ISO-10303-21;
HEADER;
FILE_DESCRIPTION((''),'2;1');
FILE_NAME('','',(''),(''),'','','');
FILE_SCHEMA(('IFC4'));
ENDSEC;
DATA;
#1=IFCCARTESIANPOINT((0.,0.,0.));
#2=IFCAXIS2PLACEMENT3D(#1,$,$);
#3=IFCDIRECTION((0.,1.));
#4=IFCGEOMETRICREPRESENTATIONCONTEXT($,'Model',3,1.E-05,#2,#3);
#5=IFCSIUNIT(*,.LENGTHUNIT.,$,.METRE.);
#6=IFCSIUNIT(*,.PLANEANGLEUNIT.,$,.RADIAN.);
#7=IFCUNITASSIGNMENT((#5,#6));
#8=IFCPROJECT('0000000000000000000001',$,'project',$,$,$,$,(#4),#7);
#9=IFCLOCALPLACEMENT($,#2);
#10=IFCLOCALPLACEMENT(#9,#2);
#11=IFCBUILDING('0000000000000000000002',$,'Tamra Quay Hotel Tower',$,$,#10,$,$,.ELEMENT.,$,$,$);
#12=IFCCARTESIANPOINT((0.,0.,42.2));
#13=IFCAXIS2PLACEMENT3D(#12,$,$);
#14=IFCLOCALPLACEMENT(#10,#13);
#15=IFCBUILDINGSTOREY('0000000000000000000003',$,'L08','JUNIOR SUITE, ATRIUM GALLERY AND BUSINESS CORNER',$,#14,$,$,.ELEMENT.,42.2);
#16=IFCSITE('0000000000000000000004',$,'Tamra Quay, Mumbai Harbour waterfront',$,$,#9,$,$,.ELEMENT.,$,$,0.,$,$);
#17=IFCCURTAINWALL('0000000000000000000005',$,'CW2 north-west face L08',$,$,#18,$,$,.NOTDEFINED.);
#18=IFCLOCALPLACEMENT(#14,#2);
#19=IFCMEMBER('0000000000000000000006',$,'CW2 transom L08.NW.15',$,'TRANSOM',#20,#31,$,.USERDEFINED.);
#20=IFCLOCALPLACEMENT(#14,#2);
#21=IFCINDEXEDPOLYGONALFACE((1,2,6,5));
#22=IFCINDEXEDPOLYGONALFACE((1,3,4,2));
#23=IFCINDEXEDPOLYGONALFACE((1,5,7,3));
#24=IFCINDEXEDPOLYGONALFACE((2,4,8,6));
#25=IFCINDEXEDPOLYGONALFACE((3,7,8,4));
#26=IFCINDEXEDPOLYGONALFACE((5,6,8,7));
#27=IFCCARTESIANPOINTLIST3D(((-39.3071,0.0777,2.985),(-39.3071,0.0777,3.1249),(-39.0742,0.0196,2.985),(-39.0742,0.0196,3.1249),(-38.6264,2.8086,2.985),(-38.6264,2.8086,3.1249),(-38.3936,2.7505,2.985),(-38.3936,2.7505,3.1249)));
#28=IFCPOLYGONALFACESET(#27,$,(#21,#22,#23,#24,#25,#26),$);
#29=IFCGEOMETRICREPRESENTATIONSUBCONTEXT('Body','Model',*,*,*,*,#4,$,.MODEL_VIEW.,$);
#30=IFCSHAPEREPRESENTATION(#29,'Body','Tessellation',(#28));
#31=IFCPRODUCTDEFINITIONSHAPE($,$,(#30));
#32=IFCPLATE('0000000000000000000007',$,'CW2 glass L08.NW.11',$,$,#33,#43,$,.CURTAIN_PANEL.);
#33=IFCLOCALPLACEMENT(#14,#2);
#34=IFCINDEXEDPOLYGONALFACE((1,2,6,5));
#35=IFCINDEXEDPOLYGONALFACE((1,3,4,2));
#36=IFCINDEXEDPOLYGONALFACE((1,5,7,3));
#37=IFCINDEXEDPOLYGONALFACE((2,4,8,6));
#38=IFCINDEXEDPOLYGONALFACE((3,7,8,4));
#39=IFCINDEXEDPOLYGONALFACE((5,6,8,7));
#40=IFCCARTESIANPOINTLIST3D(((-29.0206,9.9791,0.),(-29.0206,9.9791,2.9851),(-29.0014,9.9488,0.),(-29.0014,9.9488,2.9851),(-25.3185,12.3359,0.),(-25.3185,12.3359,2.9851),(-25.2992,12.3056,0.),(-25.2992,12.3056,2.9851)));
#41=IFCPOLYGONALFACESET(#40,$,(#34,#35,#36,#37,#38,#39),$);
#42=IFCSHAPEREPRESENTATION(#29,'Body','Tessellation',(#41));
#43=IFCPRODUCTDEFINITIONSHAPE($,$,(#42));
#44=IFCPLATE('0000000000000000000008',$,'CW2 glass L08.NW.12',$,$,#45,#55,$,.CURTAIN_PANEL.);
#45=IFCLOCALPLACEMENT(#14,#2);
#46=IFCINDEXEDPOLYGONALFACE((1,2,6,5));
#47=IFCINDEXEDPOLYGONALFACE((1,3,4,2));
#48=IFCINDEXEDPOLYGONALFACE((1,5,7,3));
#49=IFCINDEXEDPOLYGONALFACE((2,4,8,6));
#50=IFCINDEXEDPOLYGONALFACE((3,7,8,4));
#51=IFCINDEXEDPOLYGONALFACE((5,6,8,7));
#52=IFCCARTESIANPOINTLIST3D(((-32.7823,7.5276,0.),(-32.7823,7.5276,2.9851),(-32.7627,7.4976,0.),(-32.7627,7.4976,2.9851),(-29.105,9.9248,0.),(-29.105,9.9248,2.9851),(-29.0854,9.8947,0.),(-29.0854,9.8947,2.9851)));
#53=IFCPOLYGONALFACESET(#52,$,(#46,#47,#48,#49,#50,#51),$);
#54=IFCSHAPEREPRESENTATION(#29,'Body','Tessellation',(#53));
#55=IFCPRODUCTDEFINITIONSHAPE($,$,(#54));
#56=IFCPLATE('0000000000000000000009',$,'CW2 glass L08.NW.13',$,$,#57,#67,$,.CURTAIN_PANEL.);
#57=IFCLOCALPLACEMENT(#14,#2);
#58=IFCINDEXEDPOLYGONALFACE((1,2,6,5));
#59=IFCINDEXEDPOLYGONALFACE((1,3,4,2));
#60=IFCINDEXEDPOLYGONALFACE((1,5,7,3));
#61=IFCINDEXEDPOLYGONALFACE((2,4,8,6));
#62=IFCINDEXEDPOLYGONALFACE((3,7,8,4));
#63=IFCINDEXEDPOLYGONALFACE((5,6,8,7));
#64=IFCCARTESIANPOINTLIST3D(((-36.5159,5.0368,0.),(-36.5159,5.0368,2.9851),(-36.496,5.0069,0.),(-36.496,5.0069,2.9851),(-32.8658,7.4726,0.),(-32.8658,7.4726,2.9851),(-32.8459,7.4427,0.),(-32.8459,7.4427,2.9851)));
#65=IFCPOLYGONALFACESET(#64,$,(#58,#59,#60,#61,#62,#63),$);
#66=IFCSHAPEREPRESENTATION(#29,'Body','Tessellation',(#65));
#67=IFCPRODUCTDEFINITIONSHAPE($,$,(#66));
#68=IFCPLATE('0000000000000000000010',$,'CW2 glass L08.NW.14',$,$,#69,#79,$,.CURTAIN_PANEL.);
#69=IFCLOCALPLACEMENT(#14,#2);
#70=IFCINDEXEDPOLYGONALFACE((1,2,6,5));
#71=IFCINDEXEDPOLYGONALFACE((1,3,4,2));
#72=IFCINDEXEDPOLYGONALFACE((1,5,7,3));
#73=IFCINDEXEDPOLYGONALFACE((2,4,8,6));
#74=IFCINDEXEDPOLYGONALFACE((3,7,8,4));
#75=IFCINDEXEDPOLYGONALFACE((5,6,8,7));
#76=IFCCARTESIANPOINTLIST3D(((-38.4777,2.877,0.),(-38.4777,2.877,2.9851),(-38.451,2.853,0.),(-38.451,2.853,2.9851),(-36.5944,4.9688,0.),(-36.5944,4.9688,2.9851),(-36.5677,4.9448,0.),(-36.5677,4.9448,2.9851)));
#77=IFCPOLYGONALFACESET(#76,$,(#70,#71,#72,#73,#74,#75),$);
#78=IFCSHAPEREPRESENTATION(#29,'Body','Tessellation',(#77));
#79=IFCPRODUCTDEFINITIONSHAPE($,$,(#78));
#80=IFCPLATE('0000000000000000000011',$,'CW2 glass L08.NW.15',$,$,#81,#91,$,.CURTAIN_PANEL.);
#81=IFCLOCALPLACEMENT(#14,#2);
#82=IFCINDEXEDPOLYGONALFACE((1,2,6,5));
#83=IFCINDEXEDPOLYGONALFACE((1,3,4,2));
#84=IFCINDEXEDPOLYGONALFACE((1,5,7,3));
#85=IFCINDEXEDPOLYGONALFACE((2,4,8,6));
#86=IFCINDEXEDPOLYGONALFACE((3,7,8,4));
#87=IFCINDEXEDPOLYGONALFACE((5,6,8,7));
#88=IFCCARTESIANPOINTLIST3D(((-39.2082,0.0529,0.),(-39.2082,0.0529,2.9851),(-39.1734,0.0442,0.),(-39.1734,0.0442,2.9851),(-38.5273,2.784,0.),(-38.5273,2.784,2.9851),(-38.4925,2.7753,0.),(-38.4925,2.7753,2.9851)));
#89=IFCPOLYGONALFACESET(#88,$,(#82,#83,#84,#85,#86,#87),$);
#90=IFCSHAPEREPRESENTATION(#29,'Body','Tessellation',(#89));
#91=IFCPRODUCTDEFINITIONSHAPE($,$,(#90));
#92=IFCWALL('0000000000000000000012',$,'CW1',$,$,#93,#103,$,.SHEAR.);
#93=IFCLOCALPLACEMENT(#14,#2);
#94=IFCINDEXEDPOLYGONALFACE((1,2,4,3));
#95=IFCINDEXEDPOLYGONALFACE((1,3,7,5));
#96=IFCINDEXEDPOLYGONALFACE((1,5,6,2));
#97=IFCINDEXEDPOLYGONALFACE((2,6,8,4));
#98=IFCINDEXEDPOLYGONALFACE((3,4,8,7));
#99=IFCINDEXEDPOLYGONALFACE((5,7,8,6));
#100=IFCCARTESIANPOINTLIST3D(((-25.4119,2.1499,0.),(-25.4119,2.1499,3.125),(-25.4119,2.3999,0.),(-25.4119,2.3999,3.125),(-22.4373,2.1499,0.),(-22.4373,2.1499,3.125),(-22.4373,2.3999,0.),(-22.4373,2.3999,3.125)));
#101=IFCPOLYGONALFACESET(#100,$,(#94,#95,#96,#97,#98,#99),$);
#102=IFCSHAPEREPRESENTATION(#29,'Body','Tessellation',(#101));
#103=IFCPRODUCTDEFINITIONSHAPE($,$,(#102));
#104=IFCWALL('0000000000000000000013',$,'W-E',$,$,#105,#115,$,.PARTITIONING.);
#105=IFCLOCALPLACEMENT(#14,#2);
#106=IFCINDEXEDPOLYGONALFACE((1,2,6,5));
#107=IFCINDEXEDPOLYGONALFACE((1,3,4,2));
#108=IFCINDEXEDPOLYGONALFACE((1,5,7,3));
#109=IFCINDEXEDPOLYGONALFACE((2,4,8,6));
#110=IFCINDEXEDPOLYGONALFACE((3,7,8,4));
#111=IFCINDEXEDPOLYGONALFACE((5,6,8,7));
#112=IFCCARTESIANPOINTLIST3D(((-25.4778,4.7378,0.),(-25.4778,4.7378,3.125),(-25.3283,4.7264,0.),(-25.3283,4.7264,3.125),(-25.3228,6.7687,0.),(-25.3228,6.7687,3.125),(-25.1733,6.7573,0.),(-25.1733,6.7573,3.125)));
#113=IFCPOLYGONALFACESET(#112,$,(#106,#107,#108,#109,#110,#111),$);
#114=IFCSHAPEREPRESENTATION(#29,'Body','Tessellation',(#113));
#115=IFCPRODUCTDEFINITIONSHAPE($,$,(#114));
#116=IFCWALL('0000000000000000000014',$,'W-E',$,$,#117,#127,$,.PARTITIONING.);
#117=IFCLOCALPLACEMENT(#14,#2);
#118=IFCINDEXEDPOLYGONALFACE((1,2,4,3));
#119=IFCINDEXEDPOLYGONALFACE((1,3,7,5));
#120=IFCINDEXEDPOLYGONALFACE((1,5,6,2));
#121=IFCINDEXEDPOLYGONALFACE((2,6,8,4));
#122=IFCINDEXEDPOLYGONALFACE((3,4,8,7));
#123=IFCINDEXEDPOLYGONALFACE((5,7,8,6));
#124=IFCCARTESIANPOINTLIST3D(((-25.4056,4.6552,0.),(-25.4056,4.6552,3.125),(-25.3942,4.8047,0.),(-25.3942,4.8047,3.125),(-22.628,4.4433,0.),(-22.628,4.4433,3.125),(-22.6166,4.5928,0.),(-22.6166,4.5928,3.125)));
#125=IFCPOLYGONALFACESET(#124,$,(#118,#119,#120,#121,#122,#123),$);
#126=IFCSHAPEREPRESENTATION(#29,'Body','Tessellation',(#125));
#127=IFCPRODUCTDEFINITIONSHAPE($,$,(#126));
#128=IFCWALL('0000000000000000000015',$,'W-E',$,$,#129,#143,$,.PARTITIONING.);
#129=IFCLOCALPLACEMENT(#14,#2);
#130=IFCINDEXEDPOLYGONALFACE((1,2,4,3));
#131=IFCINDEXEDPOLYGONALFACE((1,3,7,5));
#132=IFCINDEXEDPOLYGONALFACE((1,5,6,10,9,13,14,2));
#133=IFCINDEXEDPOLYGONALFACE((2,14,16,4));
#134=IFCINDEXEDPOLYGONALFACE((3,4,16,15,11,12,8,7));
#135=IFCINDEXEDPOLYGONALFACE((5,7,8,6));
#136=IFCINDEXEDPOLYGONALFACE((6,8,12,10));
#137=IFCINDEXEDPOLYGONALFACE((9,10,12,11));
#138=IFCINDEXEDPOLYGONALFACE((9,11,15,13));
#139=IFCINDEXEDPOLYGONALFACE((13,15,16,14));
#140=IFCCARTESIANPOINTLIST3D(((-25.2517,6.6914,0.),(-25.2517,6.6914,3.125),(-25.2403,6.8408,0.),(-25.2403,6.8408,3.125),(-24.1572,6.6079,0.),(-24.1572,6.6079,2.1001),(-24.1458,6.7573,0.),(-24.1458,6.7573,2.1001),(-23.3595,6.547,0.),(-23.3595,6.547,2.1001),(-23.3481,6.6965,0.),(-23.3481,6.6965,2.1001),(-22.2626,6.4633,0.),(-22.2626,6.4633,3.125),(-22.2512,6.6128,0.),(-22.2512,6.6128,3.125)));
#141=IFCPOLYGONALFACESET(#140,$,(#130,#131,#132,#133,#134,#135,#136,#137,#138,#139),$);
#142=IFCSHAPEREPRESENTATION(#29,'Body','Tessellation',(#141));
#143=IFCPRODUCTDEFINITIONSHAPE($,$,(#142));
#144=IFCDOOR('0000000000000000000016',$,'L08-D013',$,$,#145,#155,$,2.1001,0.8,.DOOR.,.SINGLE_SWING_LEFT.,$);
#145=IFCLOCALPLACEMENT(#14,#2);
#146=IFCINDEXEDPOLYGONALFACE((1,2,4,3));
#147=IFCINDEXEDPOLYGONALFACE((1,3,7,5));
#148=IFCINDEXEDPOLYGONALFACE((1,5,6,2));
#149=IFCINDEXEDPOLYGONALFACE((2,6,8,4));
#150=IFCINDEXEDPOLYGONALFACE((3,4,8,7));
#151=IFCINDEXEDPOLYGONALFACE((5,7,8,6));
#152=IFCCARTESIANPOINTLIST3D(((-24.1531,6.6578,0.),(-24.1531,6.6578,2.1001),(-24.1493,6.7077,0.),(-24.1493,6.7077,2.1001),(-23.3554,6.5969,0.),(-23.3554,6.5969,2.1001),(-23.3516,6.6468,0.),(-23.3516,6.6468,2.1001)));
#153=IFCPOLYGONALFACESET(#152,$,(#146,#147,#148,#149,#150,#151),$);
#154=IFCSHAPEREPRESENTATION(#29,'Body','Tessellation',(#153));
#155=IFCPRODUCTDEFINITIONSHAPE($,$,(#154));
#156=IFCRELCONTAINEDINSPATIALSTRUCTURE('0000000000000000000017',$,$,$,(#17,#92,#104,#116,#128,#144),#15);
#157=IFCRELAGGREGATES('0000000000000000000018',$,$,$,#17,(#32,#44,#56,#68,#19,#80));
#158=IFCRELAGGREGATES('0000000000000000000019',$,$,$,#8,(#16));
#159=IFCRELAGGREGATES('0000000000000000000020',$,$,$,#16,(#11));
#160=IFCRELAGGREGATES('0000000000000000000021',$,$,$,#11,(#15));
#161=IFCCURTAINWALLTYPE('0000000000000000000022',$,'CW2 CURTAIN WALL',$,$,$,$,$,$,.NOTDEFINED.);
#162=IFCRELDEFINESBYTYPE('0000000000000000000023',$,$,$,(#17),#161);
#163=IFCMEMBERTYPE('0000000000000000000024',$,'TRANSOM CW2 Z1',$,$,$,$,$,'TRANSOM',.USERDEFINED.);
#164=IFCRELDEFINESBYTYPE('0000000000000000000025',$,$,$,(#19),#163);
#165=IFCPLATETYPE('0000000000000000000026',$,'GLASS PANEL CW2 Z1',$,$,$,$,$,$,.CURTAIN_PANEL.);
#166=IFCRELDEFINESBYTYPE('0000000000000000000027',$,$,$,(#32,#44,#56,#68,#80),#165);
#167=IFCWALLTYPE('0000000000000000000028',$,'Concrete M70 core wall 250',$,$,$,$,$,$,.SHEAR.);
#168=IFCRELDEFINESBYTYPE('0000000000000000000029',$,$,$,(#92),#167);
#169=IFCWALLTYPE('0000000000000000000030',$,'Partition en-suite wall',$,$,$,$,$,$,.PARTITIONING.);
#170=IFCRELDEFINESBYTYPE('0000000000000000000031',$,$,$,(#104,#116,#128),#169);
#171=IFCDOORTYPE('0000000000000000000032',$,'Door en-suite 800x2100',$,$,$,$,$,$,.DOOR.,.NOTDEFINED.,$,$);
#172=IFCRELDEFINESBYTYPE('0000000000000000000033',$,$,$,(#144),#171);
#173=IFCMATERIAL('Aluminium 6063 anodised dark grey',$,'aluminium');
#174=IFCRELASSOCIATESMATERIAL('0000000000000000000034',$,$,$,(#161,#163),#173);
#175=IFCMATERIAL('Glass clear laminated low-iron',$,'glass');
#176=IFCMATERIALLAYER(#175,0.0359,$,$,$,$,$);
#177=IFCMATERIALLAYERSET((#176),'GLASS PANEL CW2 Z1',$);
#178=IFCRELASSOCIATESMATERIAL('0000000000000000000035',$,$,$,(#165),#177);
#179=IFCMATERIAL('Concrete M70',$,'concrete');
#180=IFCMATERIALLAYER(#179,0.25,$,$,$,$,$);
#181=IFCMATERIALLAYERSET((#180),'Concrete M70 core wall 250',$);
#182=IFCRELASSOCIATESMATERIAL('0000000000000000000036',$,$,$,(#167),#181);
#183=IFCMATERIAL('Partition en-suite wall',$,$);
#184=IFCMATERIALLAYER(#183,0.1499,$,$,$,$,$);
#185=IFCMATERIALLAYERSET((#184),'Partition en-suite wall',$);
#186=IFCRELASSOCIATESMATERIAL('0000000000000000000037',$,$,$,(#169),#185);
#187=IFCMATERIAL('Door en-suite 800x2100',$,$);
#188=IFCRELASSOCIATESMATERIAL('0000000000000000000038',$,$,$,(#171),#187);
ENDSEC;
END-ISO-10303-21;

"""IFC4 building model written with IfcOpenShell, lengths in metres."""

from ifc_helpers import new_model, si_unit, direction, frame, frame_2d, origin, origin_2d, place, context, subcontext, project, spatial, rectangle, extrude, material, layer, layer_set, material_profile, profile_set, type_object, element, fill, aggregate, save


model = new_model("IFC4")

# Units and contexts
model_context = context("Model", 3, precision=1e-05, world=origin(), true_north=direction((0.0, 1.0)))
body_context = subcontext(model_context, "Body", "Model", "MODEL_VIEW")
ifc_project = project(units=[si_unit("LENGTHUNIT", "METRE"), si_unit("PLANEANGLEUNIT", "RADIAN")], contexts=[model_context])

# Site, building, storey
site_placement = place(None, origin())
site = spatial("IfcSite", under=ifc_project, at=site_placement, Name="Tamra Quay, Mumbai Harbour waterfront", CompositionType="ELEMENT", RefElevation=0.0)
building_placement = place(site_placement, origin())
building = spatial("IfcBuilding", under=site, at=building_placement, Name="Tamra Quay Hotel Tower", CompositionType="ELEMENT")
storey_placement = place(building_placement, frame((0.0, 0.0, 42.2)))
storey = spatial("IfcBuildingStorey", under=building, at=storey_placement, Name="L08", Description="JUNIOR SUITE, ATRIUM GALLERY AND BUSINESS CORNER", CompositionType="ELEMENT", Elevation=42.2)

# Shared definitions
ifc_material_1 = material(Name="Concrete M70", Category="concrete")

# Curtain wall
ifc_material_2 = material(Name="Aluminium 6063 anodised dark grey", Category="aluminium")
curtain_wall_type = type_object("IfcCurtainWallType", Name="CW2 CURTAIN WALL", PredefinedType="NOTDEFINED", material=ifc_material_2)
curtain_wall_placement = place(storey_placement, origin())
curtain_wall = element("IfcCurtainWall", 1, at=curtain_wall_placement, inside=storey, type_object=curtain_wall_type, Name="CW2 north-west face L08", PredefinedType="NOTDEFINED")

# Member
ifc_material_profile_1 = material_profile(ifc_material_2, rectangle(XDim=0.24, YDim=0.1399, at=origin_2d()), Name="TRANSOM 240X140")
ifc_profile_set_1 = profile_set([ifc_material_profile_1], Name="Aluminium 6063 anodised dark grey")
member_type_1 = type_object("IfcMemberType", Name="TRANSOM CW2 Z1", ElementType="TRANSOM", PredefinedType="USERDEFINED", material=ifc_profile_set_1)
member_1_placement = place(storey_placement, frame((-38.51, 2.7795, 3.0549), z_axis=(-0.241842, -0.970316, 0.0), x_axis=(0.970316, -0.241842, 0.0)))
member_1 = element("IfcMember", 2, at=member_1_placement, type_object=member_type_1, Name="CW2 transom L08.NW.15", ObjectType="TRANSOM", PredefinedType="USERDEFINED", context=body_context, shape_type="SweptSolid", body=[
    extrude(rectangle(XDim=0.24, YDim=0.1399, at=origin_2d()), origin(), (0.0, 0.0, 1.0), 2.8145),
])

# Plates
ifc_material_3 = material(Name="Glass clear laminated low-iron", Category="glass")
ifc_layer_1 = layer(ifc_material_3, 0.0359)
ifc_layer_set_1 = layer_set([ifc_layer_1], Name="GLASS PANEL CW2 Z1")
plate_type = type_object("IfcPlateType", Name="GLASS PANEL CW2 Z1", PredefinedType="CURTAIN_PANEL", material=ifc_layer_set_1)
plate_1_placement = place(storey_placement, frame((-27.1599, 11.1423, 0.0), z_axis=(0.0, 0.0, 1.0), x_axis=(-0.843571, -0.537018, 0.0)))
plate_1 = element("IfcPlate", 3, at=plate_1_placement, type_object=plate_type, Name="CW2 glass L08.NW.11", PredefinedType="CURTAIN_PANEL", context=body_context, shape_type="SweptSolid", body=[
    extrude(rectangle(XDim=4.3887, YDim=0.0359, at=origin_2d()), origin(), (0.0, 0.0, 1.0), 2.9851),
])
plate_2_placement = place(storey_placement, frame((-30.9338, 8.7112, 0.0), z_axis=(0.0, 0.0, 1.0), x_axis=(-0.837728, -0.546088, 0.0)))
plate_2 = element("IfcPlate", 4, at=plate_2_placement, type_object=plate_type, Name="CW2 glass L08.NW.12", PredefinedType="CURTAIN_PANEL", context=body_context, shape_type="SweptSolid", body=[
    extrude(rectangle(XDim=4.3896, YDim=0.0359, at=origin_2d()), origin(), (0.0, 0.0, 1.0), 2.9851),
])
plate_3_placement = place(storey_placement, frame((-34.6809, 6.2397, 0.0), z_axis=(0.0, 0.0, 1.0), x_axis=(-0.831798, -0.555079, 0.0)))
plate_3 = element("IfcPlate", 5, at=plate_3_placement, type_object=plate_type, Name="CW2 glass L08.NW.13", PredefinedType="CURTAIN_PANEL", context=body_context, shape_type="SweptSolid", body=[
    extrude(rectangle(XDim=4.3882, YDim=0.0359, at=origin_2d()), origin(), (0.0, 0.0, 1.0), 2.9851),
])
plate_4_placement = place(storey_placement, frame((-37.5227, 3.9109, 0.0), z_axis=(0.0, 0.0, 1.0), x_axis=(-0.669112, -0.743161, 0.0)))
plate_4 = element("IfcPlate", 6, at=plate_4_placement, type_object=plate_type, Name="CW2 glass L08.NW.14", PredefinedType="CURTAIN_PANEL", context=body_context, shape_type="SweptSolid", body=[
    extrude(rectangle(XDim=2.8147, YDim=0.0359, at=origin_2d()), origin(), (0.0, 0.0, 1.0), 2.9851),
])
plate_5_placement = place(storey_placement, frame((-38.8503, 1.4141, 0.0), z_axis=(0.0, 0.0, 1.0), x_axis=(-0.241914, -0.970298, 0.0)))
plate_5 = element("IfcPlate", 7, at=plate_5_placement, type_object=plate_type, Name="CW2 glass L08.NW.15", PredefinedType="CURTAIN_PANEL", context=body_context, shape_type="SweptSolid", body=[
    extrude(rectangle(XDim=2.8147, YDim=0.0359, at=origin_2d()), origin(), (0.0, 0.0, 1.0), 2.9851),
])
aggregate(curtain_wall, [plate_1, plate_2, plate_3, plate_4, member_1, plate_5])

# Walls
ifc_layer_2 = layer(ifc_material_1, 0.25)
ifc_layer_set_2 = layer_set([ifc_layer_2], Name="Concrete M70 core wall 250")
wall_type_1 = type_object("IfcWallType", Name="Concrete M70 core wall 250", PredefinedType="SHEAR", material=ifc_layer_set_2)
wall_1_placement = place(storey_placement, frame((-25.4119, 2.2749, 0.0), z_axis=(0.0, 0.0, 1.0), x_axis=(1.0, 0.0, 0.0)))
element("IfcWall", 8, at=wall_1_placement, inside=storey, type_object=wall_type_1, Name="CW1", PredefinedType="SHEAR", context=body_context, shape_type="SweptSolid", body=[
    extrude(rectangle(XDim=2.9746, YDim=0.25, at=frame_2d((1.4873, 0.0))), origin(), (0.0, 0.0, 1.0), 3.125),
])
ifc_material_4 = material(Name="Partition en-suite wall")
ifc_layer_3 = layer(ifc_material_4, 0.1499)
ifc_layer_set_3 = layer_set([ifc_layer_3], Name="Partition en-suite wall")
wall_type_2 = type_object("IfcWallType", Name="Partition en-suite wall", PredefinedType="PARTITIONING", material=ifc_layer_set_3)
wall_2_placement = place(storey_placement, frame((-25.4031, 4.7319, 0.0), z_axis=(0.0, 0.0, 1.0), x_axis=(0.07611, 0.997099, 0.0)))
element("IfcWall", 9, at=wall_2_placement, inside=storey, type_object=wall_type_2, Name="W-E", PredefinedType="PARTITIONING", context=body_context, shape_type="SweptSolid", body=[
    extrude(rectangle(XDim=2.0369, YDim=0.1499, at=frame_2d((1.0186, 0.0))), origin(), (0.0, 0.0, 1.0), 3.125),
])
wall_3_placement = place(storey_placement, frame((-25.3999, 4.73, 0.0), z_axis=(0.0, 0.0, 1.0), x_axis=(0.997102, -0.076073, 0.0)))
element("IfcWall", 10, at=wall_3_placement, inside=storey, type_object=wall_type_2, Name="W-E", PredefinedType="PARTITIONING", context=body_context, shape_type="SweptSolid", body=[
    extrude(rectangle(XDim=2.7856, YDim=0.1499, at=frame_2d((1.3928, 0.0))), origin(), (0.0, 0.0, 1.0), 3.125),
])

# Wall, opening, door
wall_4_placement = place(storey_placement, frame((-25.2461, 6.7661, 0.0), z_axis=(0.0, 0.0, 1.0), x_axis=(0.997103, -0.076067, 0.0)))
wall_4 = element("IfcWall", 11, at=wall_4_placement, inside=storey, type_object=wall_type_2, Name="W-E", PredefinedType="PARTITIONING", context=body_context, shape_type="SweptSolid", body=[
    extrude(rectangle(XDim=2.9978, YDim=0.1499, at=frame_2d((1.499, 0.0))), origin(), (0.0, 0.0, 1.0), 3.125),
])
opening_placement = place(wall_4_placement, frame((1.0979, 0.0, 0.0)))
opening = element("IfcOpeningElement", 12, at=opening_placement, cuts=wall_4, PredefinedType="OPENING", context=body_context, shape_type="SweptSolid", body=[
    extrude(rectangle(XDim=0.8, YDim=2.1001, at=frame_2d((0.3999, 1.05))), frame((0.0, 0.085, 0.0), z_axis=(0.0, -1.0, 0.0), x_axis=(1.0, 0.0, 0.0)), (0.0, 0.0, 1.0), 0.1699),
])
ifc_material_5 = material(Name="Door en-suite 800x2100")
door_type = type_object("IfcDoorType", Name="Door en-suite 800x2100", OperationType="NOTDEFINED", PredefinedType="DOOR", material=ifc_material_5)
door_placement = place(opening_placement, frame((0.8, 0.0, 0.0), z_axis=(0.0, 0.0, 1.0), x_axis=(-1.0, 0.0, 0.0)))
door = element("IfcDoor", 13, at=door_placement, inside=storey, type_object=door_type, Name="L08-D013", OperationType="SINGLE_SWING_LEFT", OverallHeight=2.1001, OverallWidth=0.8, PredefinedType="DOOR", context=body_context, shape_type="SweptSolid", body=[
    extrude(rectangle(XDim=0.8, YDim=2.1001, at=frame_2d((0.3999, 1.05))), frame((0.0, 0.0249, 0.0), z_axis=(0.0, -1.0, 0.0), x_axis=(1.0, 0.0, 0.0)), (0.0, 0.0, 1.0), 0.05),
])
fill(opening, door)

save(model, "model.ifc")
